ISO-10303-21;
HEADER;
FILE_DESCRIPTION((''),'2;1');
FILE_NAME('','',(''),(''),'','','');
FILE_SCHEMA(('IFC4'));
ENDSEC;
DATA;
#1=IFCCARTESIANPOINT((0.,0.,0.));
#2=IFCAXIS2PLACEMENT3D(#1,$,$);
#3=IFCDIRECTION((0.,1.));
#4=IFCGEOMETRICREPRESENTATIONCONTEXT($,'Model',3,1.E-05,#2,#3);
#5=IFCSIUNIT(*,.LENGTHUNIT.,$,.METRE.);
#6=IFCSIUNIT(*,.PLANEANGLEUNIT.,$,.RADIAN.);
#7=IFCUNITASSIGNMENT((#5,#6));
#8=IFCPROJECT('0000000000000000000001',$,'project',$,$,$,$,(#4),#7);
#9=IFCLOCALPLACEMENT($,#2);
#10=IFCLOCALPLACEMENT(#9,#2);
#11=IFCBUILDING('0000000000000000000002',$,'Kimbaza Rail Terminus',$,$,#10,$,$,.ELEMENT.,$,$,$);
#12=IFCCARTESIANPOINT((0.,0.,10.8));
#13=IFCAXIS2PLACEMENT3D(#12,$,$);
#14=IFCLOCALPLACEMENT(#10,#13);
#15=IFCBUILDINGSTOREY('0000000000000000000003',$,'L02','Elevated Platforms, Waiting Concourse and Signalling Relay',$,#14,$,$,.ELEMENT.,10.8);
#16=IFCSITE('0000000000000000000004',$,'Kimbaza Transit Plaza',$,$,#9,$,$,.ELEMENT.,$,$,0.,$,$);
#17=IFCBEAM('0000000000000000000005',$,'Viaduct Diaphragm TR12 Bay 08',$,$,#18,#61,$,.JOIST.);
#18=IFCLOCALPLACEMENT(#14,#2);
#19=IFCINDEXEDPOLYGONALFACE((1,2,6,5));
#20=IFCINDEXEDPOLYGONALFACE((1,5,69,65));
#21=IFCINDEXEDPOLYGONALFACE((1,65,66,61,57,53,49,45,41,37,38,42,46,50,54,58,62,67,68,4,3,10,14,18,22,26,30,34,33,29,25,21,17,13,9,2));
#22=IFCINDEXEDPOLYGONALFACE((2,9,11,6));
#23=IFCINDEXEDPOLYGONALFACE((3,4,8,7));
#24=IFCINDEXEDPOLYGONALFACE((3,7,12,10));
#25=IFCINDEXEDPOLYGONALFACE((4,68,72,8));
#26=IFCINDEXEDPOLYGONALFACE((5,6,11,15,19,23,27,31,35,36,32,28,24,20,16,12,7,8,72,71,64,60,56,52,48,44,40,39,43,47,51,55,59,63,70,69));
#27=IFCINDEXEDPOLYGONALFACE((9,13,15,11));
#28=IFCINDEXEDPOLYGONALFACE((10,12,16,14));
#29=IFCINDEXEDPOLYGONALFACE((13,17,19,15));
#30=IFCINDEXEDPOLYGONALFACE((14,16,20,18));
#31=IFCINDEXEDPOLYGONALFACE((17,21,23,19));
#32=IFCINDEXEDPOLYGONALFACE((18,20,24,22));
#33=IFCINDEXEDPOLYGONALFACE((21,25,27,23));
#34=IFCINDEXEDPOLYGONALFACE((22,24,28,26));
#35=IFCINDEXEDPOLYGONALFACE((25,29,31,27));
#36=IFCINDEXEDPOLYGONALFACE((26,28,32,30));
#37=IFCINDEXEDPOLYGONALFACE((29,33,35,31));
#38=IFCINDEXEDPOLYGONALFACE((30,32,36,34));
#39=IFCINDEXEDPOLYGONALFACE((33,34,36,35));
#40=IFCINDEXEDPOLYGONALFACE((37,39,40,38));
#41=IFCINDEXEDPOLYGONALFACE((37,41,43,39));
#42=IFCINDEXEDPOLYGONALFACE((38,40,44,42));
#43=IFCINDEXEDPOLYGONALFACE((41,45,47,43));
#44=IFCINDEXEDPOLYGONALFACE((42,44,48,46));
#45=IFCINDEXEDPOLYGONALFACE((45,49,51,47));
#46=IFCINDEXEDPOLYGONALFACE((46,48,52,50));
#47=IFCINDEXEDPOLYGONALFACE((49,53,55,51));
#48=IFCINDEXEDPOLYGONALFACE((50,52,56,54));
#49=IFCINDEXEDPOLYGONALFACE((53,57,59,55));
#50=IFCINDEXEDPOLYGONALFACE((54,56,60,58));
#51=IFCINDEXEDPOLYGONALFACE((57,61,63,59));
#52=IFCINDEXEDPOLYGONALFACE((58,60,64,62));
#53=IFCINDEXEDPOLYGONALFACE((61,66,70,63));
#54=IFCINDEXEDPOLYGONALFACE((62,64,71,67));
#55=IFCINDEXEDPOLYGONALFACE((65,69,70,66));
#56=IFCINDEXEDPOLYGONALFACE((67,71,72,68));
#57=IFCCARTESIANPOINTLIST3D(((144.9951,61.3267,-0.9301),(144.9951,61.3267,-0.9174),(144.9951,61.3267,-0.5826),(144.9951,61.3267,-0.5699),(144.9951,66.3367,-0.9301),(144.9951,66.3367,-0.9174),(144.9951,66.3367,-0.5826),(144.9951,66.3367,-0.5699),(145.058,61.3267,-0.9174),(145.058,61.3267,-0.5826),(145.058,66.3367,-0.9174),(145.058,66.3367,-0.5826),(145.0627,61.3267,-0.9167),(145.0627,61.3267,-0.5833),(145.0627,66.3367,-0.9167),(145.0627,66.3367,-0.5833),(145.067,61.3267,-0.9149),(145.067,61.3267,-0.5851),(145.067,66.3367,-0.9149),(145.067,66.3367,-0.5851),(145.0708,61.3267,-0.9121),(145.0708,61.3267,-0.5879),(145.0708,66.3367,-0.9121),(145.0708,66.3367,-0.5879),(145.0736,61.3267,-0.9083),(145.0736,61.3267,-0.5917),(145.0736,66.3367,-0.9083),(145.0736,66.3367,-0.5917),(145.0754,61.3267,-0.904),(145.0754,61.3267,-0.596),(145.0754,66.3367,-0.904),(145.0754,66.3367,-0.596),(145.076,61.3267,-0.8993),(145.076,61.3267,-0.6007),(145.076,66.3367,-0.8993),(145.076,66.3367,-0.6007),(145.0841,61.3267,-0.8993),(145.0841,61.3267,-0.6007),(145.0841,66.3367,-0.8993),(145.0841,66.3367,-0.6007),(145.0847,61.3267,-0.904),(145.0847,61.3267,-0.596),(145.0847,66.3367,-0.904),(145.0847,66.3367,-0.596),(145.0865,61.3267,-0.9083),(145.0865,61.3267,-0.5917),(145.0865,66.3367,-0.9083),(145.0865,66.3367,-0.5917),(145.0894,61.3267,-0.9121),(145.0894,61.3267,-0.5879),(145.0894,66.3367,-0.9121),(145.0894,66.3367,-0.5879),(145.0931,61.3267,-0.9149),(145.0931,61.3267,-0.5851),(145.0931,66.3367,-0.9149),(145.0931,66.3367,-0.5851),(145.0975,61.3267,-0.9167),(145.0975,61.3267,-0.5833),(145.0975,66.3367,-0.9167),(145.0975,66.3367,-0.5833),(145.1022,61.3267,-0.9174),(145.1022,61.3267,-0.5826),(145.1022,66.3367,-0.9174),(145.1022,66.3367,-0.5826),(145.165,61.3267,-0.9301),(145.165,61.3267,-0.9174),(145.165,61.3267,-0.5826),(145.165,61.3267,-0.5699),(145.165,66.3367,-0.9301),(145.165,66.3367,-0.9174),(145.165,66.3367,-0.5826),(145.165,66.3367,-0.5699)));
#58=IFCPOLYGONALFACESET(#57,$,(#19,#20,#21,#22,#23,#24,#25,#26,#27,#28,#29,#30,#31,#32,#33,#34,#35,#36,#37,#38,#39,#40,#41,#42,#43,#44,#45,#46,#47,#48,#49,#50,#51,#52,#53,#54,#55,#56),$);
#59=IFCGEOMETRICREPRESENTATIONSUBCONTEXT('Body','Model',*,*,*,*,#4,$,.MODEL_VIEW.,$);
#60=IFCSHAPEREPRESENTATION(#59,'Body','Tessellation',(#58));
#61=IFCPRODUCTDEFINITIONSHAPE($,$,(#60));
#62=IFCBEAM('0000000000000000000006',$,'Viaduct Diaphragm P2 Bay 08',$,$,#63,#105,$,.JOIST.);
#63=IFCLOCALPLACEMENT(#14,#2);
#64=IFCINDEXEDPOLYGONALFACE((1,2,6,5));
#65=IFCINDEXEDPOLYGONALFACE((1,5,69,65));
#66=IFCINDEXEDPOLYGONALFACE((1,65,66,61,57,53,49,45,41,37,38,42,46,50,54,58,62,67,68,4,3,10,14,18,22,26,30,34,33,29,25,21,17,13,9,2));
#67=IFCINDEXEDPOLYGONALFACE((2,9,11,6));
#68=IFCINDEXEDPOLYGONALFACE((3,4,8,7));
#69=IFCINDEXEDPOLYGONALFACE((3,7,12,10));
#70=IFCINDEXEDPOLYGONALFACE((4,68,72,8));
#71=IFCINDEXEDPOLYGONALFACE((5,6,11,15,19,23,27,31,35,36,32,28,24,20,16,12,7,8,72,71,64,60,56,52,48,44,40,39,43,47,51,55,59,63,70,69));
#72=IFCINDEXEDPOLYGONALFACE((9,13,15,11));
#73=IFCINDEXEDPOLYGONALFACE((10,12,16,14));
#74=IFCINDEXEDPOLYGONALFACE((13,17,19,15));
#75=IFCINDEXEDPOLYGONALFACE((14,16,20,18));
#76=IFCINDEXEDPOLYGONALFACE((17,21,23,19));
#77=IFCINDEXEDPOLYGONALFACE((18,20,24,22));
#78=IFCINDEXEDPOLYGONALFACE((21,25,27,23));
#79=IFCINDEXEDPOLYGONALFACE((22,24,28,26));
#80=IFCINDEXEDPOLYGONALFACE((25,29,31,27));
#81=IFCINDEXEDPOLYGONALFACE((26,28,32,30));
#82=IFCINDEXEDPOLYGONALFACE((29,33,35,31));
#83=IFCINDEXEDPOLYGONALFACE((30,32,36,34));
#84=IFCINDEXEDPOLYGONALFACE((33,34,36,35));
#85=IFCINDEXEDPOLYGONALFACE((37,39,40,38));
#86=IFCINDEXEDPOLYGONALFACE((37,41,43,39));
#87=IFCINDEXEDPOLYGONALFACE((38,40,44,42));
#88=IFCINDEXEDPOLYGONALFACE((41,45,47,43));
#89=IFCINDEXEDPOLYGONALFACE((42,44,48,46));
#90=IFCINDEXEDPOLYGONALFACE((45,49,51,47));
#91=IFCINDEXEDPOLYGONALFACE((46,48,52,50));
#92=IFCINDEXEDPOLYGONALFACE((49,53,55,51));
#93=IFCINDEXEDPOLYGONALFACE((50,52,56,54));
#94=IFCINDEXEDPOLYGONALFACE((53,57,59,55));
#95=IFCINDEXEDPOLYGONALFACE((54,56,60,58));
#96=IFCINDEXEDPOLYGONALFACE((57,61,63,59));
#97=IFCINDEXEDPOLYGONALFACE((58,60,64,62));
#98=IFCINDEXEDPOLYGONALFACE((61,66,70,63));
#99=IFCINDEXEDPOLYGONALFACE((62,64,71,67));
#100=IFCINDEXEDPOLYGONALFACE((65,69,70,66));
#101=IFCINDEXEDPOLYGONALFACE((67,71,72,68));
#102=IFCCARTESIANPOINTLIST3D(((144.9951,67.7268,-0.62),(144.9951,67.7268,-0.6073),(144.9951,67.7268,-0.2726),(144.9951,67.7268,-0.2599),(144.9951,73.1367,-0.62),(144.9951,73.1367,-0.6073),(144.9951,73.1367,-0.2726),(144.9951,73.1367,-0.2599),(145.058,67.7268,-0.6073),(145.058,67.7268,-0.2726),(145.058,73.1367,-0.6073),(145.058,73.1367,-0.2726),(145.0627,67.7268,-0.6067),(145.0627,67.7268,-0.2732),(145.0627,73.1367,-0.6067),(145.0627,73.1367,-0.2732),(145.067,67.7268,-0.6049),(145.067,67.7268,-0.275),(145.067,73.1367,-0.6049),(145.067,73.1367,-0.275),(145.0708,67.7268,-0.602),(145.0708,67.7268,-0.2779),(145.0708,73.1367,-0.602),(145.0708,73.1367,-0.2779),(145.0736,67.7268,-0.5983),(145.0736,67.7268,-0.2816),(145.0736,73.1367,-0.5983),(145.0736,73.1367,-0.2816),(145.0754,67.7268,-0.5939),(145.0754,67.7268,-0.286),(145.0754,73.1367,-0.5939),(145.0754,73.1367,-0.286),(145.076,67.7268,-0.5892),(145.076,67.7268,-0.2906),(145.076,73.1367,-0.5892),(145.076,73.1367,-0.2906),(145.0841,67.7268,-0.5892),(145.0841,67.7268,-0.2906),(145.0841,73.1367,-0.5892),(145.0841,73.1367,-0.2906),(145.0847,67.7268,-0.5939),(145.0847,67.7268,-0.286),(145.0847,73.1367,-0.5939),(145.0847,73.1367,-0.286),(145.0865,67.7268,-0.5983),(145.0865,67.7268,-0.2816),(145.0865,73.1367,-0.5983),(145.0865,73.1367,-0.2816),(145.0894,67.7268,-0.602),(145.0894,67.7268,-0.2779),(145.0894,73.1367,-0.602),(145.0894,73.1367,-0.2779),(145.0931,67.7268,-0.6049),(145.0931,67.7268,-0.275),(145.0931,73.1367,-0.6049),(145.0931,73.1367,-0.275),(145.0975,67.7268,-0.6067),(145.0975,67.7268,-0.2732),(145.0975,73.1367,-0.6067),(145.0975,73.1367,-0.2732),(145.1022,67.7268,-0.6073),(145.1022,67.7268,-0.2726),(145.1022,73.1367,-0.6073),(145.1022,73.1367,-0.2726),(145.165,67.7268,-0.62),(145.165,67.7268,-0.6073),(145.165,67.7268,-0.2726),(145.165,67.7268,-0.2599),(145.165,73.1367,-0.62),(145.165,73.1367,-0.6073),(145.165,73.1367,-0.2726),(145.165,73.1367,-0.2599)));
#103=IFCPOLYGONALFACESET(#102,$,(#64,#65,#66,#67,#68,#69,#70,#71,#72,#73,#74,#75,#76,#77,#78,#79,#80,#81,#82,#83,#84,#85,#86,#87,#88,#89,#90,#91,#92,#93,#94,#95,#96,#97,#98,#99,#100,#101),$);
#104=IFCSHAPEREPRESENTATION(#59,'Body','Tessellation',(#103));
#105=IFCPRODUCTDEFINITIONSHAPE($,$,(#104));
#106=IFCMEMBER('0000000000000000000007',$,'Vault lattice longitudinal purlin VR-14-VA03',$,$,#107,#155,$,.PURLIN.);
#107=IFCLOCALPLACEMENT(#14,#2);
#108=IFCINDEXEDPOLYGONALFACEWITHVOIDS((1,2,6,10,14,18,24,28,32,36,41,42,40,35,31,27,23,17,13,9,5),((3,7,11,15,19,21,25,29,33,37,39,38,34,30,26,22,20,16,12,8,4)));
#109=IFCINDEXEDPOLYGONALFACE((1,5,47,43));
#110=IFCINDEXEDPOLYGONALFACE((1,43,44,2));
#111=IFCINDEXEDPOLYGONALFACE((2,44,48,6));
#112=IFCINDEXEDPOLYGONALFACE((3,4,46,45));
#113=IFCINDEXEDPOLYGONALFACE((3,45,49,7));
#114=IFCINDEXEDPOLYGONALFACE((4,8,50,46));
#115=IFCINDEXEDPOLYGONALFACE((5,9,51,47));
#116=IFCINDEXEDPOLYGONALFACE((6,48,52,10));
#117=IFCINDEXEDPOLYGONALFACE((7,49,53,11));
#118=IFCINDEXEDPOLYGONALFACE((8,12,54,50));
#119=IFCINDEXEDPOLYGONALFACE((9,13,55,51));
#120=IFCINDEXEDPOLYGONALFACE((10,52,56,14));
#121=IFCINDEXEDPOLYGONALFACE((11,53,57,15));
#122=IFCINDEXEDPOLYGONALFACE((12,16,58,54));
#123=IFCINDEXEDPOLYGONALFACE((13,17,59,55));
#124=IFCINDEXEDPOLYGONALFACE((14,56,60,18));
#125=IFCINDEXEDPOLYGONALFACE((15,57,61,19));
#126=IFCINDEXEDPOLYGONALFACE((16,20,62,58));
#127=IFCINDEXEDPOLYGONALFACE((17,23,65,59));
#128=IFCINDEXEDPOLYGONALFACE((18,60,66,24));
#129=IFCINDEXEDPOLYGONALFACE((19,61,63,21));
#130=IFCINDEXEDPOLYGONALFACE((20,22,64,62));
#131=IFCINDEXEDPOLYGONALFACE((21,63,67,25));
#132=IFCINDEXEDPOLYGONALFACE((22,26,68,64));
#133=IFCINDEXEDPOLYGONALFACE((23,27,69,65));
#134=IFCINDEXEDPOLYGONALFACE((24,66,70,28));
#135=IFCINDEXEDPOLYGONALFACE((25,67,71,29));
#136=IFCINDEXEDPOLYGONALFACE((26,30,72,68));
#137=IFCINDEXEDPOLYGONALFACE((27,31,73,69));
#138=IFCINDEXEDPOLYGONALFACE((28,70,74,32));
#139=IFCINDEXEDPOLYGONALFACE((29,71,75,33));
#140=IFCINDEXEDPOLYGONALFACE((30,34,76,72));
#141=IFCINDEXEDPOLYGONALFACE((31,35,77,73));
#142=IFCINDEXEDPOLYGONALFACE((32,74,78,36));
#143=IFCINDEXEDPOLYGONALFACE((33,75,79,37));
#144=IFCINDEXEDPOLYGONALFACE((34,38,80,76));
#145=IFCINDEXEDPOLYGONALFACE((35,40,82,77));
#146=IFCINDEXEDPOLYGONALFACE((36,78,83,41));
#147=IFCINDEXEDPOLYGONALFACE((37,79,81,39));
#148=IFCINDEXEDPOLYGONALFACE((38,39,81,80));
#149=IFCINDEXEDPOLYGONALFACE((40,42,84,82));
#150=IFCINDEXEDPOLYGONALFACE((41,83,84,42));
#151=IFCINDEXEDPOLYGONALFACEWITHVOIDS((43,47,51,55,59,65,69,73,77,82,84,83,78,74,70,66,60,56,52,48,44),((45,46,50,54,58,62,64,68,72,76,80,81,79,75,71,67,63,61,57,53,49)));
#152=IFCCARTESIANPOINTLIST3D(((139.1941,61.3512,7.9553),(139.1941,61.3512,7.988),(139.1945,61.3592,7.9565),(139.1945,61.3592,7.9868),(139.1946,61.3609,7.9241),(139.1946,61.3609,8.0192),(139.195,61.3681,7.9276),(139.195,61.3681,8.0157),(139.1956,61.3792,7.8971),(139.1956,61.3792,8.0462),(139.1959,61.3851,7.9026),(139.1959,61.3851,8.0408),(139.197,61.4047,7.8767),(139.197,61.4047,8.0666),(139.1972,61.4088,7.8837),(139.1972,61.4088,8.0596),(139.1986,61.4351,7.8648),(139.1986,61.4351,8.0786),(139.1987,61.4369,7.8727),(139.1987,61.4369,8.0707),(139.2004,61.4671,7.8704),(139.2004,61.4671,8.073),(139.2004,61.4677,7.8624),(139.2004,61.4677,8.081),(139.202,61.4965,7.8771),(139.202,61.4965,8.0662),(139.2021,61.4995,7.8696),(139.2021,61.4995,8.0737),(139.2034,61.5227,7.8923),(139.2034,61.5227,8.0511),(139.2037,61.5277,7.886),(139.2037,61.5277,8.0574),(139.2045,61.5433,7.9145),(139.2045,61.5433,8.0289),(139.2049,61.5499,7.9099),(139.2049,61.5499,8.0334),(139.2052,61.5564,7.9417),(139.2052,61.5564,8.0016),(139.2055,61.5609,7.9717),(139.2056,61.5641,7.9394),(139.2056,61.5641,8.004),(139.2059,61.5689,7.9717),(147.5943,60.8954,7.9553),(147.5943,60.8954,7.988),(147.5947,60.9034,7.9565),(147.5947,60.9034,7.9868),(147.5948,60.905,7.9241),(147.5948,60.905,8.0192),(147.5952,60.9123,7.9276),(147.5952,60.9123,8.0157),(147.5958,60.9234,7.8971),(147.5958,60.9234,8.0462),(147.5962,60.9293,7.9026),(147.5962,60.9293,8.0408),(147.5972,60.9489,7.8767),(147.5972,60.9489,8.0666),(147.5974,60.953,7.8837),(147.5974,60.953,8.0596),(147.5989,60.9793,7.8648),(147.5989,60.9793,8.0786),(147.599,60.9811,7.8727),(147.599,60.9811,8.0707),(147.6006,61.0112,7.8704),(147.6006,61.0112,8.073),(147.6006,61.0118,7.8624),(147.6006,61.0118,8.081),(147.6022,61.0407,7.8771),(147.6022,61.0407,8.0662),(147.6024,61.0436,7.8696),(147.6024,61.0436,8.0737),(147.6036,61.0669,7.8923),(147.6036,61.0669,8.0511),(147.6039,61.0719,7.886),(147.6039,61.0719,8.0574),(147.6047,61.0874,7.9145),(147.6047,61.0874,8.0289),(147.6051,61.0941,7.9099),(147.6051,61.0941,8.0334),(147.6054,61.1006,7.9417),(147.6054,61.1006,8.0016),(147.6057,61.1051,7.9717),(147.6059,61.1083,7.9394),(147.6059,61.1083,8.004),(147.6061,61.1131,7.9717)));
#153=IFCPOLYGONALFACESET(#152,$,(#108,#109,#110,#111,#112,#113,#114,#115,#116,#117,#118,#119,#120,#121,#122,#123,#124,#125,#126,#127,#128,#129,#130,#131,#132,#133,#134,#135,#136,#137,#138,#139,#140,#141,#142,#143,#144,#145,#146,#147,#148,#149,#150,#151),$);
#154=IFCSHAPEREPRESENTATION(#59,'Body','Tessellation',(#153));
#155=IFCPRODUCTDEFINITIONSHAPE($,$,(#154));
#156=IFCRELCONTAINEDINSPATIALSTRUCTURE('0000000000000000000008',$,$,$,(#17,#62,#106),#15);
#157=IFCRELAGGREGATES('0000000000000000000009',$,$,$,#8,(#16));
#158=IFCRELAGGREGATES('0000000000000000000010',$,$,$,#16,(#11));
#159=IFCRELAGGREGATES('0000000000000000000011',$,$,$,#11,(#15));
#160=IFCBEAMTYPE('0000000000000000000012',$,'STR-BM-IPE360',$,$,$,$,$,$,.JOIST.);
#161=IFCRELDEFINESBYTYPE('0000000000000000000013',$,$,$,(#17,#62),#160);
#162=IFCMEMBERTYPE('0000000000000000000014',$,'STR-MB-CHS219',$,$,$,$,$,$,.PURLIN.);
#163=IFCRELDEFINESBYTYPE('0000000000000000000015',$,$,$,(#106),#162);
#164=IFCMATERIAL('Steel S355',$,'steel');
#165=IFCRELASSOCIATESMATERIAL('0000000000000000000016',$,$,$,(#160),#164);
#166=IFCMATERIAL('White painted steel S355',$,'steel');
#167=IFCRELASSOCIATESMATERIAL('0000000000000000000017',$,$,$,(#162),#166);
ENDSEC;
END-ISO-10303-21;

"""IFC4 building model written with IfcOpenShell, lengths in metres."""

from ifc_helpers import new_model, si_unit, direction, frame, origin, origin_2d, place, context, subcontext, project, spatial, hollow_circle, i_section, extrude, material, material_profile, profile_set, type_object, element, save


model = new_model("IFC4")

# Units and contexts
model_context = context("Model", 3, precision=1e-05, world=origin(), true_north=direction((0.0, 1.0)))
body_context = subcontext(model_context, "Body", "Model", "MODEL_VIEW")
ifc_project = project(units=[si_unit("LENGTHUNIT", "METRE"), si_unit("PLANEANGLEUNIT", "RADIAN")], contexts=[model_context])

# Site, building, storey
site_placement = place(None, origin())
site = spatial("IfcSite", under=ifc_project, at=site_placement, Name="Kimbaza Transit Plaza", CompositionType="ELEMENT", RefElevation=0.0)
building_placement = place(site_placement, origin())
building = spatial("IfcBuilding", under=site, at=building_placement, Name="Kimbaza Rail Terminus", CompositionType="ELEMENT")
storey_placement = place(building_placement, frame((0.0, 0.0, 10.8)))
storey = spatial("IfcBuildingStorey", under=building, at=storey_placement, Name="L02", Description="Elevated Platforms, Waiting Concourse and Signalling Relay", CompositionType="ELEMENT", Elevation=10.8)

# Beams
ifc_material_1 = material(Name="Steel S355", Category="steel")
ifc_material_profile_1 = material_profile(ifc_material_1, i_section(OverallWidth=0.1699, OverallDepth=0.3601, WebThickness=0.0081, FlangeThickness=0.0127, FilletRadius=0.0181, at=origin_2d()), Name="IPE 360")
ifc_profile_set_1 = profile_set([ifc_material_profile_1], Name="Steel S355")
beam_type_1 = type_object("IfcBeamType", Name="STR-BM-IPE360", PredefinedType="JOIST", material=ifc_profile_set_1)
beam_1_placement = place(storey_placement, frame((145.0801, 61.3267, -0.75), z_axis=(0.0, 1.0, 0.0), x_axis=(-1.0, 0.0, 0.0)))
element("IfcBeam", 1, at=beam_1_placement, inside=storey, type_object=beam_type_1, Name="Viaduct Diaphragm TR12 Bay 08", PredefinedType="JOIST", context=body_context, shape_type="SweptSolid", body=[
    extrude(i_section(OverallWidth=0.1699, OverallDepth=0.3601, WebThickness=0.0081, FlangeThickness=0.0127, FilletRadius=0.0181, at=origin_2d()), origin(), (0.0, 0.0, 1.0), 5.01),
])
beam_2_placement = place(storey_placement, frame((145.0801, 67.7268, -0.4399), z_axis=(0.0, 1.0, 0.0), x_axis=(-1.0, 0.0, 0.0)))
element("IfcBeam", 2, at=beam_2_placement, inside=storey, type_object=beam_type_1, Name="Viaduct Diaphragm P2 Bay 08", PredefinedType="JOIST", context=body_context, shape_type="SweptSolid", body=[
    extrude(i_section(OverallWidth=0.1699, OverallDepth=0.3601, WebThickness=0.0081, FlangeThickness=0.0127, FilletRadius=0.0181, at=origin_2d()), origin(), (0.0, 0.0, 1.0), 5.4099),
])

# Member
ifc_material_2 = material(Name="White painted steel S355", Category="steel")
ifc_material_profile_2 = material_profile(ifc_material_2, hollow_circle(Radius=0.1096, WallThickness=0.0081, at=origin_2d()), Name="CHS 219.1x8")
ifc_profile_set_2 = profile_set([ifc_material_profile_2], Name="White painted steel S355")
member_type_1 = type_object("IfcMemberType", Name="STR-MB-CHS219", PredefinedType="PURLIN", material=ifc_profile_set_2)
for number, where, z_axis, x_axis, name in (
    (3, (139.2, 61.4595, 7.9717), (0.998531, -0.054183, 0.0), (0.054183, 0.998531, 0.0), "Vault lattice longitudinal purlin VR-14-VA03"),
):
    element("IfcMember", number, at=place(storey_placement, frame(where, z_axis=z_axis, x_axis=x_axis)), inside=storey, type_object=member_type_1, Name=name, PredefinedType="PURLIN", context=body_context, shape_type="SweptSolid", body=[
        extrude(hollow_circle(Radius=0.1096, WallThickness=0.0081, at=origin_2d()), origin(), (0.0, 0.0, 1.0), 8.4126),
    ])

save(model, "model.ifc")
